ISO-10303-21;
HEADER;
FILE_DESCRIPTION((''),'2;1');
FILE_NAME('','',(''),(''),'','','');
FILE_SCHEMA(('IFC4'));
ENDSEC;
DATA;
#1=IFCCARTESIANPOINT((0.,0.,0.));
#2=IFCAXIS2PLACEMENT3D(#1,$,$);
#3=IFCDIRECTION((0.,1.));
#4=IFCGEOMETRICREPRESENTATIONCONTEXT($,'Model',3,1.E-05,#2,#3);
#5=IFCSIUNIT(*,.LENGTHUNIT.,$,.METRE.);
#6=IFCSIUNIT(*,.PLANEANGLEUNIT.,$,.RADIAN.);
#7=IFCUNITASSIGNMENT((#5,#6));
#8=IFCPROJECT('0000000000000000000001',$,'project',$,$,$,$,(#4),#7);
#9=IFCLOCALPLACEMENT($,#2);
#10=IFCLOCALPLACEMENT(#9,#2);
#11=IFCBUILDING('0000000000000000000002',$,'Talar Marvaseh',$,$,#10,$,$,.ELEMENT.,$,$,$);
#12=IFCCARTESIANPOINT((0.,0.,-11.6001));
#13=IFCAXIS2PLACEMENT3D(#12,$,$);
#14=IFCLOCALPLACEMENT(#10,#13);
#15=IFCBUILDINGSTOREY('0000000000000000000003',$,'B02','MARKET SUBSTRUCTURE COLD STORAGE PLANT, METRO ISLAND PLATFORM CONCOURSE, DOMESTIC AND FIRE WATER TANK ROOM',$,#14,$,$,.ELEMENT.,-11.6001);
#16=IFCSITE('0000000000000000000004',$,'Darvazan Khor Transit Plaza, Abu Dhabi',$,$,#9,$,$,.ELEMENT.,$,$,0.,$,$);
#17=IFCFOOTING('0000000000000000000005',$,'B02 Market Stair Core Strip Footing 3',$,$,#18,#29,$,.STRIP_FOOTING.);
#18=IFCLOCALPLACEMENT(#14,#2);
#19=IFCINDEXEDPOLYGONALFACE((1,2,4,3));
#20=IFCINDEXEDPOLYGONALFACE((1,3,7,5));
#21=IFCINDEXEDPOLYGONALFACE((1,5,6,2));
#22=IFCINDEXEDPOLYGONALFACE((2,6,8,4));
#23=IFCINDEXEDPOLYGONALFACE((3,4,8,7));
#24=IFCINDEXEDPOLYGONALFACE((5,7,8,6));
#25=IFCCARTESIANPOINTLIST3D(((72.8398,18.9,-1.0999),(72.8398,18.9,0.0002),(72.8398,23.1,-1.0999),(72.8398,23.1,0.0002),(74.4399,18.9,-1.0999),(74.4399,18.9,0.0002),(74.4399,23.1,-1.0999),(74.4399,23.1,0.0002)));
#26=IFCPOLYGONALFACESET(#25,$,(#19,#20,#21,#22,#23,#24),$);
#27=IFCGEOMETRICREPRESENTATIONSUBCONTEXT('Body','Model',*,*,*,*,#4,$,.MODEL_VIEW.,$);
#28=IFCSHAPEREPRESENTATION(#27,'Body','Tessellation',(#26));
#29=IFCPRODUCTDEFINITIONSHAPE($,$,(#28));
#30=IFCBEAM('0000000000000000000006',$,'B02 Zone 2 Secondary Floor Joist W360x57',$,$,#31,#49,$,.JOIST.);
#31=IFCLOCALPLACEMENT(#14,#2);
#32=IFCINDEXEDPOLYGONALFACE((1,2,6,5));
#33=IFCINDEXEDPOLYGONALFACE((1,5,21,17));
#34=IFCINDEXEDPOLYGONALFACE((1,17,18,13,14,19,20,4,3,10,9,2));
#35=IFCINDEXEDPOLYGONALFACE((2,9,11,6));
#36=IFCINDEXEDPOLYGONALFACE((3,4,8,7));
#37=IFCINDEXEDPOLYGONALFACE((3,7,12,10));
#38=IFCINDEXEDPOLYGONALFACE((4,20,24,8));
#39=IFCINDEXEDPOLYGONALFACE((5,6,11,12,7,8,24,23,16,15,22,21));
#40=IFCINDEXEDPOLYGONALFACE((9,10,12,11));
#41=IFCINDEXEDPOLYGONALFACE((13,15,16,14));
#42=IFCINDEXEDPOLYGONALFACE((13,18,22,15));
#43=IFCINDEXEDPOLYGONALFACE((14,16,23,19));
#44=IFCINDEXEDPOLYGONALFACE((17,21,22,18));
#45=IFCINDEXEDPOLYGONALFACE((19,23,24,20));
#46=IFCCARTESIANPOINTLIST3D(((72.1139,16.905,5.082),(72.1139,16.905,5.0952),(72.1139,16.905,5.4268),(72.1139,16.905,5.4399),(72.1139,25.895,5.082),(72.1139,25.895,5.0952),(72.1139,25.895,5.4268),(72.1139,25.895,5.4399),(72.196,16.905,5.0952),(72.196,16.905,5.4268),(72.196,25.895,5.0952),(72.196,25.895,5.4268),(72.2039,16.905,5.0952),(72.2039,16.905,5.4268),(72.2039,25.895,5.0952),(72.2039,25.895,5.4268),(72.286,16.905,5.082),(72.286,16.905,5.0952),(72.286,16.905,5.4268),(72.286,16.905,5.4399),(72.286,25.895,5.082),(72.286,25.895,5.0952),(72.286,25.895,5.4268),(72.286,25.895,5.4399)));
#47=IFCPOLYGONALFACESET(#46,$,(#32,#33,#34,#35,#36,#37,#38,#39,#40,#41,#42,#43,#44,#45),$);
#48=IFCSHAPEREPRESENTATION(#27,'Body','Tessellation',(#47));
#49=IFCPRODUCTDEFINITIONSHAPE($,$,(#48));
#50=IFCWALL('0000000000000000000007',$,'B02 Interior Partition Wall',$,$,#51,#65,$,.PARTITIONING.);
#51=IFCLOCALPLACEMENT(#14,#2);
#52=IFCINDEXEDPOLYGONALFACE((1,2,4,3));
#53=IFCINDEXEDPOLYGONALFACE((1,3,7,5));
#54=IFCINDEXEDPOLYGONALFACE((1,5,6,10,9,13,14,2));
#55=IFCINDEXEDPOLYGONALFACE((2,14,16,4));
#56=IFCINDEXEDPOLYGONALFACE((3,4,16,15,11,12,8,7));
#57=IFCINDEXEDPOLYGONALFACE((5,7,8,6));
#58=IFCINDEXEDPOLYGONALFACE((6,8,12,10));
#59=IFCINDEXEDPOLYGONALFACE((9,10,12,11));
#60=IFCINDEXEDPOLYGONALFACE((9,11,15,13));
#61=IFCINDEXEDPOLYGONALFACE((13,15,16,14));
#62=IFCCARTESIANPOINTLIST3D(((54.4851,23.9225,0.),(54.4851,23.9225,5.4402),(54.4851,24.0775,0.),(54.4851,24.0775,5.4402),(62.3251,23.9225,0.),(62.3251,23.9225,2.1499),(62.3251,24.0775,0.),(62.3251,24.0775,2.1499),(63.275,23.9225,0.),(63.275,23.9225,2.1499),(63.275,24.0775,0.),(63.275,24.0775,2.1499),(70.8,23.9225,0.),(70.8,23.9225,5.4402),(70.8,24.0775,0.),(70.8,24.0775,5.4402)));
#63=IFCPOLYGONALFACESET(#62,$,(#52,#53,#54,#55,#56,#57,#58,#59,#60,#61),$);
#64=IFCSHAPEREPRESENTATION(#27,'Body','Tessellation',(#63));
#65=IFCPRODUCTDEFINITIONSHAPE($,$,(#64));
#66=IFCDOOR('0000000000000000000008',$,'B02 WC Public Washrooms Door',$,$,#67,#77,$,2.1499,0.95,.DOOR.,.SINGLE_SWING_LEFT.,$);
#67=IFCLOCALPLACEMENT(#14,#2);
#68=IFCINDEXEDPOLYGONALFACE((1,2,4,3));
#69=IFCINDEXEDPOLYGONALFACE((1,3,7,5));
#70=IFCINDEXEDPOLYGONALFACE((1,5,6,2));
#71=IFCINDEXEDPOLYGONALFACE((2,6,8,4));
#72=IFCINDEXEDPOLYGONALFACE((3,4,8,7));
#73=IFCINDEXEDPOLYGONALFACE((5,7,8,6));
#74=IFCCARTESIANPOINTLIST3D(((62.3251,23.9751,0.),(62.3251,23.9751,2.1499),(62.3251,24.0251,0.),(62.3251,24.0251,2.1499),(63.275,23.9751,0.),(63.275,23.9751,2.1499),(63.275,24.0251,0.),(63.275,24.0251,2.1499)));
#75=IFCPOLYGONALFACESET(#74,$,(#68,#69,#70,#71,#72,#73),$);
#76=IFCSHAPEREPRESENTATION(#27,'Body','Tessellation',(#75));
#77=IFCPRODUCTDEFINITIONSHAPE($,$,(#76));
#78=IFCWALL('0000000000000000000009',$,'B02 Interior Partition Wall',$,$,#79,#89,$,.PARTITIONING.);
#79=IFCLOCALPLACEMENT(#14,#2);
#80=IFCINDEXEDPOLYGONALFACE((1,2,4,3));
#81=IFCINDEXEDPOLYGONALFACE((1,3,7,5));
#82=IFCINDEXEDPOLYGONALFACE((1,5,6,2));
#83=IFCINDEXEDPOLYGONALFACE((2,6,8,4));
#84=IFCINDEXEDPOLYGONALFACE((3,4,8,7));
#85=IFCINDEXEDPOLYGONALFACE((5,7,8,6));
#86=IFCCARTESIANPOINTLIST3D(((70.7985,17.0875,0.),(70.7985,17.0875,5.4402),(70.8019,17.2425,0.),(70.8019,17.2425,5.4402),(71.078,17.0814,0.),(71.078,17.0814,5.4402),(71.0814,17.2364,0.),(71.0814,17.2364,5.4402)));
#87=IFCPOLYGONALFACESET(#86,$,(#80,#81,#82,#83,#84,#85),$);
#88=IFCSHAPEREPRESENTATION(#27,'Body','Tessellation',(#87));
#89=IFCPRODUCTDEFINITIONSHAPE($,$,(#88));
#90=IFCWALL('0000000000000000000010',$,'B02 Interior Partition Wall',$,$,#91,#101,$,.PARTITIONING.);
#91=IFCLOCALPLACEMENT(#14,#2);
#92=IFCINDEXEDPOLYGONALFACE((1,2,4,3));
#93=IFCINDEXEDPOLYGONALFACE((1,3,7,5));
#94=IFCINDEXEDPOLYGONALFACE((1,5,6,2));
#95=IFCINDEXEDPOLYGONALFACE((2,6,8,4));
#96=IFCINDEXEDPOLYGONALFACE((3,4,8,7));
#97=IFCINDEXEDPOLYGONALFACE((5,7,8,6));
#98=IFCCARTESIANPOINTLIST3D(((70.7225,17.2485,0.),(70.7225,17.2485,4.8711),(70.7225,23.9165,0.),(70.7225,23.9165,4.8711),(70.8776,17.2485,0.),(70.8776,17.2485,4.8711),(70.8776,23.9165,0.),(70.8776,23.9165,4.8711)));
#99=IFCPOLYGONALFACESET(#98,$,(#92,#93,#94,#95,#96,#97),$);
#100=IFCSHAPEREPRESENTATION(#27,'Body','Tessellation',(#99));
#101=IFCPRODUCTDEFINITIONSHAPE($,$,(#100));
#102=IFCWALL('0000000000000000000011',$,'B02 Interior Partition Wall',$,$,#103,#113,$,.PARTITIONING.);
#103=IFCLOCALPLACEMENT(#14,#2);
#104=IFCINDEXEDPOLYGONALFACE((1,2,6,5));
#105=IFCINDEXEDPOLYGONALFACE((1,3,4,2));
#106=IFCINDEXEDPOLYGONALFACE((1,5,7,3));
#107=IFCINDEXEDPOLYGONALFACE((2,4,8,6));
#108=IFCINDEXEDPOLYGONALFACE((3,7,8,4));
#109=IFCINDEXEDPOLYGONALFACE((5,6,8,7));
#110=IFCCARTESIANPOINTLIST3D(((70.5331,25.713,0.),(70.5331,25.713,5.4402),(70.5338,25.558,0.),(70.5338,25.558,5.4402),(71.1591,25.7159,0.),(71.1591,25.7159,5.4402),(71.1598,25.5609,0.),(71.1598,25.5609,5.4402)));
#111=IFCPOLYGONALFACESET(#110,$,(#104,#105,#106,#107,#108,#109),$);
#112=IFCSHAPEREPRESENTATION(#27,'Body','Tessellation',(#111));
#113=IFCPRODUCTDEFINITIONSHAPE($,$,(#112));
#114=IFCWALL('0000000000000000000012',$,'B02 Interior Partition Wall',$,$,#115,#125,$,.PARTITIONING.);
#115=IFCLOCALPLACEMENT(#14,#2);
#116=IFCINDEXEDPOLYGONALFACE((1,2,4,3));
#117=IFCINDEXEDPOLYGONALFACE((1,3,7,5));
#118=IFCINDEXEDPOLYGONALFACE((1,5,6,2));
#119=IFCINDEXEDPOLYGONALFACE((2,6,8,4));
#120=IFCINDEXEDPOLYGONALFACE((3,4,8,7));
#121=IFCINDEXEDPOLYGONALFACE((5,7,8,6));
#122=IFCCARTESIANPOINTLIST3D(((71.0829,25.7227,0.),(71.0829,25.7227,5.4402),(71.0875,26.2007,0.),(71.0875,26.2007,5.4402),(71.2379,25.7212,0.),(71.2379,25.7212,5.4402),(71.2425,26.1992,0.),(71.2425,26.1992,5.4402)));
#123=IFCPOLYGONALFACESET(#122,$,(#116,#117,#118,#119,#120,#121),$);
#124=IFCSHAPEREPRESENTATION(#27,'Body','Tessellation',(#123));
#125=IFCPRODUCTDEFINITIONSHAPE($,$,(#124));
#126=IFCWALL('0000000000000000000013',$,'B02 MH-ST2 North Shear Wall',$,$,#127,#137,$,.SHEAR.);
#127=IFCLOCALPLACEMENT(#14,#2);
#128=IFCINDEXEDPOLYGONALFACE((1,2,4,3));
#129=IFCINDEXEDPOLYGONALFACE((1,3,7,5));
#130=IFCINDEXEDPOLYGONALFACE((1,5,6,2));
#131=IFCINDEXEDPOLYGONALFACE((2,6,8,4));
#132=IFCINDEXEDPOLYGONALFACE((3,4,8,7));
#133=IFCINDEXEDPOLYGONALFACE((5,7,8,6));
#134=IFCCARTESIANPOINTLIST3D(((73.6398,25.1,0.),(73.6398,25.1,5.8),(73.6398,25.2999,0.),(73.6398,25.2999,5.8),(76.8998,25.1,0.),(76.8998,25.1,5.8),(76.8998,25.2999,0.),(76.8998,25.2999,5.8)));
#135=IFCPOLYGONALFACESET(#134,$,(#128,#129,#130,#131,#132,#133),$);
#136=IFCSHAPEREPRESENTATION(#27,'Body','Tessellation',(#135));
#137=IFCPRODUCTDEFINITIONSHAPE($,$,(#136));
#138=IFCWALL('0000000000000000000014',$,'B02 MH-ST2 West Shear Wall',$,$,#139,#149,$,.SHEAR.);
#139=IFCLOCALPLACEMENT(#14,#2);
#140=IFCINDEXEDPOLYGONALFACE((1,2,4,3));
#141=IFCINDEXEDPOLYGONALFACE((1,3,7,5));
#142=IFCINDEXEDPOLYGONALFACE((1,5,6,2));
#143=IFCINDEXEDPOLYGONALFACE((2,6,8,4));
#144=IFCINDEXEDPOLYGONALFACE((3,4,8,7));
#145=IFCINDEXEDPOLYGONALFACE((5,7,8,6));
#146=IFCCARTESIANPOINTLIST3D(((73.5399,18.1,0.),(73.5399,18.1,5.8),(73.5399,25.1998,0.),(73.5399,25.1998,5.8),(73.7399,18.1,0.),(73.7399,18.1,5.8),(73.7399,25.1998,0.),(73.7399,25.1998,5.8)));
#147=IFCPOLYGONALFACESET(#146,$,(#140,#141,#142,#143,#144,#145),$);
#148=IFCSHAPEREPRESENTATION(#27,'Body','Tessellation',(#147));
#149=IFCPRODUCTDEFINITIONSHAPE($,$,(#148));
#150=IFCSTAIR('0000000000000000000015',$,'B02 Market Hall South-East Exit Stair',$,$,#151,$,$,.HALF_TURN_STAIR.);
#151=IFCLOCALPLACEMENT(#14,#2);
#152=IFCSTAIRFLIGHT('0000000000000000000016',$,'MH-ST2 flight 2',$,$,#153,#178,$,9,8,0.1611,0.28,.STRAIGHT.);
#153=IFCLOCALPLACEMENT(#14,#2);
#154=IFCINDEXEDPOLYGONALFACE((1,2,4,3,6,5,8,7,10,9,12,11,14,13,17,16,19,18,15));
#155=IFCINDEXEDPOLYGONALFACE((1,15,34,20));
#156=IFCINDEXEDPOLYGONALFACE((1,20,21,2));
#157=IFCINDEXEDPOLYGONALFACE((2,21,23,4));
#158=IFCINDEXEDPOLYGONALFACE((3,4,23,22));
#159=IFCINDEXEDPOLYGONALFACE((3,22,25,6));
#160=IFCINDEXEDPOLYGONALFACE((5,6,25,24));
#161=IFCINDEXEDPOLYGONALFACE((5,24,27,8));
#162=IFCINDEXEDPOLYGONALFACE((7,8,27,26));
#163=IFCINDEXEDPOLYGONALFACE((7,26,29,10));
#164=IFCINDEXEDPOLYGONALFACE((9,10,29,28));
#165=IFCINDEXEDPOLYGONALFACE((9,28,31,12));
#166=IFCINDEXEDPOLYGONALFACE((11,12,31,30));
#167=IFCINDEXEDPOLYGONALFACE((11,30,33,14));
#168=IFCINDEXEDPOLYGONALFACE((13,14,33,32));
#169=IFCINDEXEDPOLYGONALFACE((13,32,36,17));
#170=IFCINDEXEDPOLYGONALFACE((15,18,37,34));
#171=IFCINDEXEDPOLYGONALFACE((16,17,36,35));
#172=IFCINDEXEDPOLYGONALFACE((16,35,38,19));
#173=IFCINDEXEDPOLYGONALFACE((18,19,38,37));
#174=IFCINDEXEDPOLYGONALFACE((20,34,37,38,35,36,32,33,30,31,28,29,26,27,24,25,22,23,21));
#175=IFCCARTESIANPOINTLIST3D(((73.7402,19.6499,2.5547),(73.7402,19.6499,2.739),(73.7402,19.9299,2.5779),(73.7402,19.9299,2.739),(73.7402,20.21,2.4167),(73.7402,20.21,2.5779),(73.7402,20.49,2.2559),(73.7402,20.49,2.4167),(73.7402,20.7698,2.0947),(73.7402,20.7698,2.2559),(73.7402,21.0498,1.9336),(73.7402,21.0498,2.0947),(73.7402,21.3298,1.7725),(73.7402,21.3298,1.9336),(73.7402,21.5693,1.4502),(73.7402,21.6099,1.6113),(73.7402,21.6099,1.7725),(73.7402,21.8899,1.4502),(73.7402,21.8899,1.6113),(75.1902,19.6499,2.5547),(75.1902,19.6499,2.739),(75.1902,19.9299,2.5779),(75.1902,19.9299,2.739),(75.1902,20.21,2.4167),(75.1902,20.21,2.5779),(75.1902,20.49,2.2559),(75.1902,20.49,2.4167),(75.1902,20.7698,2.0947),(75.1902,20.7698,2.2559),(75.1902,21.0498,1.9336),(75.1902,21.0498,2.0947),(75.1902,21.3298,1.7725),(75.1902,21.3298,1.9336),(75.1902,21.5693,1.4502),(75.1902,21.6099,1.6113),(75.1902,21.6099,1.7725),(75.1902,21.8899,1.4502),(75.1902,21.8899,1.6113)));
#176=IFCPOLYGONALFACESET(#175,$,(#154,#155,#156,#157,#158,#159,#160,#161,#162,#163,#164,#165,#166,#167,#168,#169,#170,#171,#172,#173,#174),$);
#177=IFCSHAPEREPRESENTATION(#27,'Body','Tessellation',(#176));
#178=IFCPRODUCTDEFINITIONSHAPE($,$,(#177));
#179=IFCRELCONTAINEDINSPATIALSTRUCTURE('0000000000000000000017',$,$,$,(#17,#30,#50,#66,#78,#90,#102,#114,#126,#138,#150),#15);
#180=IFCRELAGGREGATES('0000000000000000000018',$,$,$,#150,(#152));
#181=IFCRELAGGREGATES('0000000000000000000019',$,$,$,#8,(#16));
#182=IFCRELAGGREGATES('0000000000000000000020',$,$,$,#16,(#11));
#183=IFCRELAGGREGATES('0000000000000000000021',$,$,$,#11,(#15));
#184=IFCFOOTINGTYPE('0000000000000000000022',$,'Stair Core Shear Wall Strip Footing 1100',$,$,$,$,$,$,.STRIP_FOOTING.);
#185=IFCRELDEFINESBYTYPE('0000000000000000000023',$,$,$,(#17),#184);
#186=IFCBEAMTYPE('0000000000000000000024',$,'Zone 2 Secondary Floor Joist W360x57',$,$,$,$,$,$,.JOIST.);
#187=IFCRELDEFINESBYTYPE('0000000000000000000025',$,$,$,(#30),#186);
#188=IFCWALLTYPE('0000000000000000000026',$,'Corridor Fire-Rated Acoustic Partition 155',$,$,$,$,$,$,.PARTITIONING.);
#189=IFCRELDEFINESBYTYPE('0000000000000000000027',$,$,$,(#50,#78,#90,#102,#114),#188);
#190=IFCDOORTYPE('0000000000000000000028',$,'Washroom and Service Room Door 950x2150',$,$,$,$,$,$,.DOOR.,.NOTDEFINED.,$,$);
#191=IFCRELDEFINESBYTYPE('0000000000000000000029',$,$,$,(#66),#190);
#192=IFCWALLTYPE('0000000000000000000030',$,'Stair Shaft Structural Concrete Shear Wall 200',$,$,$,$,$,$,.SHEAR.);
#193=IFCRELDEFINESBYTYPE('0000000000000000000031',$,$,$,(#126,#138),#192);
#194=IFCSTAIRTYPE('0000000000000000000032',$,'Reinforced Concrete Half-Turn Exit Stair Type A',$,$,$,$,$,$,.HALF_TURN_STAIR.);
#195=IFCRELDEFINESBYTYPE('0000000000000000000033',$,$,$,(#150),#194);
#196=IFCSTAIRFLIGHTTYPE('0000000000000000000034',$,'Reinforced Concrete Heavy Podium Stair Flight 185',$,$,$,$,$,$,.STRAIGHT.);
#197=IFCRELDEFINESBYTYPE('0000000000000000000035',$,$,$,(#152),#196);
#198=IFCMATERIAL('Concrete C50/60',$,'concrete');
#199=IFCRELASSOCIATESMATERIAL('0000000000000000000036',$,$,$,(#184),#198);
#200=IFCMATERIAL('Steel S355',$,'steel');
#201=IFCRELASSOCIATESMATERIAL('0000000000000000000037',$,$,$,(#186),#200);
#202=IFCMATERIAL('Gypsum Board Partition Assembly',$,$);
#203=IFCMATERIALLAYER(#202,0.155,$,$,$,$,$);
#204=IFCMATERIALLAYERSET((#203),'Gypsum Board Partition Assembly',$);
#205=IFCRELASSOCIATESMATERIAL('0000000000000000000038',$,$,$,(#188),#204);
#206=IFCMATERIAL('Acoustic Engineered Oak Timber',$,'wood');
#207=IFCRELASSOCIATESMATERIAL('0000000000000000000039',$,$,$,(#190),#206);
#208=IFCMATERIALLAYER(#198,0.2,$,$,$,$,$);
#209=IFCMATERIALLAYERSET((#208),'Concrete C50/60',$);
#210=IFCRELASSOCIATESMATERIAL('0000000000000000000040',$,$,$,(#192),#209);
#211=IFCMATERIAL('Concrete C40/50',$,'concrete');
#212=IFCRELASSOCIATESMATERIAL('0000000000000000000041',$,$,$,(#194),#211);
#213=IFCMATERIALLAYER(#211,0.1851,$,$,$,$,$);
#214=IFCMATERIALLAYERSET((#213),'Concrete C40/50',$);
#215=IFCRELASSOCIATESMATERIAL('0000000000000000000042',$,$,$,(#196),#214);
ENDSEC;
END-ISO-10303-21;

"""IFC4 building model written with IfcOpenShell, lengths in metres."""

from ifc_helpers import new_model, si_unit, direction, frame, frame_2d, origin, origin_2d, place, context, subcontext, project, spatial, polyline, rectangle, i_section, outline, extrude, source, transform, mapped, material, layer, layer_set, material_profile, profile_set, type_object, type_shapes, element, fill, aggregate, save


model = new_model("IFC4")

# Units and contexts
model_context = context("Model", 3, precision=1e-05, world=origin(), true_north=direction((0.0, 1.0)))
body_context = subcontext(model_context, "Body", "Model", "MODEL_VIEW")
ifc_project = project(units=[si_unit("LENGTHUNIT", "METRE"), si_unit("PLANEANGLEUNIT", "RADIAN")], contexts=[model_context])

# Site, building, storey
site_placement = place(None, origin())
site = spatial("IfcSite", under=ifc_project, at=site_placement, Name="Darvazan Khor Transit Plaza, Abu Dhabi", CompositionType="ELEMENT", RefElevation=0.0)
building_placement = place(site_placement, origin())
building = spatial("IfcBuilding", under=site, at=building_placement, Name="Talar Marvaseh", CompositionType="ELEMENT")
storey_placement = place(building_placement, frame((0.0, 0.0, -11.6001)))
storey = spatial("IfcBuildingStorey", under=building, at=storey_placement, Name="B02", Description="MARKET SUBSTRUCTURE COLD STORAGE PLANT, METRO ISLAND PLATFORM CONCOURSE, DOMESTIC AND FIRE WATER TANK ROOM", CompositionType="ELEMENT", Elevation=-11.6001)

# Shared definitions
ifc_material_1 = material(Name="Concrete C50/60", Category="concrete")

# Footing
footing_type_1 = type_object("IfcFootingType", Name="Stair Core Shear Wall Strip Footing 1100", PredefinedType="STRIP_FOOTING", material=ifc_material_1)
shared_shape_1 = source(origin(), body_context, "Body", "SweptSolid", [
    extrude(rectangle(XDim=4.2, YDim=1.6001, at=origin_2d()), origin(), (0.0, 0.0, 1.0), 1.1001),
])
type_shapes(footing_type_1, [shared_shape_1])
footing_1_placement = place(storey_placement, frame((73.6399, 21.0, -1.0999), z_axis=(0.0, 0.0, 1.0), x_axis=(0.0, 1.0, 0.0)))
element("IfcFooting", 1, at=footing_1_placement, inside=storey, type_object=footing_type_1, Name="B02 Market Stair Core Strip Footing 3", PredefinedType="STRIP_FOOTING", context=body_context, shape_type="MappedRepresentation", body=[
    mapped(shared_shape_1, transform((0.0, 0.0, 0.0), x_axis=(1.0, 0.0, 0.0), y_axis=(0.0, 1.0, 0.0), z_axis=(0.0, 0.0, 1.0), scale=1.0)),
])

# Beam
ifc_material_2 = material(Name="Steel S355", Category="steel")
ifc_material_profile_1 = material_profile(ifc_material_2, i_section(OverallWidth=0.1721, OverallDepth=0.3579, WebThickness=0.0078, FlangeThickness=0.0132, at=origin_2d()), Name="W360x57")
ifc_profile_set_1 = profile_set([ifc_material_profile_1], Name="Steel S355")
beam_type = type_object("IfcBeamType", Name="Zone 2 Secondary Floor Joist W360x57", PredefinedType="JOIST", material=ifc_profile_set_1)
beam_placement = place(storey_placement, frame((72.2, 16.905, 5.261), z_axis=(0.0, 1.0, 0.0), x_axis=(-1.0, 0.0, 0.0)))
element("IfcBeam", 2, at=beam_placement, inside=storey, type_object=beam_type, Name="B02 Zone 2 Secondary Floor Joist W360x57", PredefinedType="JOIST", context=body_context, shape_type="SweptSolid", body=[
    extrude(i_section(OverallWidth=0.1721, OverallDepth=0.3579, WebThickness=0.0078, FlangeThickness=0.0132, at=origin_2d()), origin(), (0.0, 0.0, 1.0), 8.99),
])

# Wall, opening, door
ifc_material_3 = material(Name="Gypsum Board Partition Assembly")
ifc_layer_1 = layer(ifc_material_3, 0.155)
ifc_layer_set_1 = layer_set([ifc_layer_1], Name="Gypsum Board Partition Assembly")
wall_type_1 = type_object("IfcWallType", Name="Corridor Fire-Rated Acoustic Partition 155", PredefinedType="PARTITIONING", material=ifc_layer_set_1)
wall_1_placement = place(storey_placement, frame((70.8, 24.0, 0.0), z_axis=(0.0, 0.0, 1.0), x_axis=(-1.0, 0.0, 0.0)))
wall_1 = element("IfcWall", 3, at=wall_1_placement, inside=storey, type_object=wall_type_1, Name="B02 Interior Partition Wall", PredefinedType="PARTITIONING", context=body_context, shape_type="SweptSolid", body=[
    extrude(rectangle(XDim=16.3149, YDim=0.155, at=frame_2d((8.1575, 0.0))), origin(), (0.0, 0.0, 1.0), 5.4402),
])
opening_placement = place(wall_1_placement, frame((7.5249, 0.0, 0.0)))
opening = element("IfcOpeningElement", 4, at=opening_placement, cuts=wall_1, PredefinedType="OPENING", context=body_context, shape_type="SweptSolid", body=[
    extrude(rectangle(XDim=0.95, YDim=2.1499, at=frame_2d((0.4751, 1.075))), frame((0.0, 0.0874, 0.0), z_axis=(0.0, -1.0, 0.0), x_axis=(1.0, 0.0, 0.0)), (0.0, 0.0, 1.0), 0.175),
])
ifc_material_4 = material(Name="Acoustic Engineered Oak Timber", Category="wood")
door_type = type_object("IfcDoorType", Name="Washroom and Service Room Door 950x2150", OperationType="NOTDEFINED", PredefinedType="DOOR", material=ifc_material_4)
shared_shape_2 = source(origin(), body_context, "Body", "SweptSolid", [
    extrude(rectangle(XDim=0.95, YDim=2.1499, at=frame_2d((0.4751, 1.075))), frame((0.0, 0.0249, 0.0), z_axis=(0.0, -1.0, 0.0), x_axis=(1.0, 0.0, 0.0)), (0.0, 0.0, 1.0), 0.05),
])
type_shapes(door_type, [shared_shape_2])
door_placement = place(opening_placement, origin())
door = element("IfcDoor", 5, at=door_placement, inside=storey, type_object=door_type, Name="B02 WC Public Washrooms Door", OperationType="SINGLE_SWING_LEFT", OverallHeight=2.1499, OverallWidth=0.95, PredefinedType="DOOR", context=body_context, shape_type="MappedRepresentation", body=[
    mapped(shared_shape_2, transform((0.0, 0.0, 0.0), x_axis=(1.0, 0.0, 0.0), y_axis=(0.0, 1.0, 0.0), z_axis=(0.0, 0.0, 1.0), scale=1.0)),
])
fill(opening, door)

# Walls
wall_2_placement = place(storey_placement, frame((71.0796, 17.1589, 0.0), z_axis=(0.0, 0.0, 1.0), x_axis=(-0.999762, 0.021829, 0.0)))
element("IfcWall", 6, at=wall_2_placement, inside=storey, type_object=wall_type_1, Name="B02 Interior Partition Wall", PredefinedType="PARTITIONING", context=body_context, shape_type="SweptSolid", body=[
    extrude(rectangle(XDim=0.2795, YDim=0.155, at=frame_2d((0.1396, 0.0))), origin(), (0.0, 0.0, 1.0), 5.4402),
])
wall_3_placement = place(storey_placement, frame((70.8, 17.2485, 0.0), z_axis=(0.0, 0.0, 1.0), x_axis=(0.0, 1.0, 0.0)))
element("IfcWall", 7, at=wall_3_placement, inside=storey, type_object=wall_type_1, Name="B02 Interior Partition Wall", PredefinedType="PARTITIONING", context=body_context, shape_type="SweptSolid", body=[
    extrude(rectangle(XDim=6.668, YDim=0.155, at=frame_2d((3.334, 0.0))), origin(), (0.0, 0.0, 1.0), 4.8711),
])
wall_4_placement = place(storey_placement, frame((70.5334, 25.6355, 0.0), z_axis=(0.0, 0.0, 1.0), x_axis=(0.999989, 0.00468, 0.0)))
element("IfcWall", 8, at=wall_4_placement, inside=storey, type_object=wall_type_1, Name="B02 Interior Partition Wall", PredefinedType="PARTITIONING", context=body_context, shape_type="SweptSolid", body=[
    extrude(rectangle(XDim=0.626, YDim=0.155, at=frame_2d((0.313, 0.0))), origin(), (0.0, 0.0, 1.0), 5.4402),
])
wall_5_placement = place(storey_placement, frame((71.1604, 25.7219, 0.0), z_axis=(0.0, 0.0, 1.0), x_axis=(0.009703, 0.999953, 0.0)))
element("IfcWall", 9, at=wall_5_placement, inside=storey, type_object=wall_type_1, Name="B02 Interior Partition Wall", PredefinedType="PARTITIONING", context=body_context, shape_type="SweptSolid", body=[
    extrude(rectangle(XDim=0.478, YDim=0.155, at=frame_2d((0.239, 0.0))), origin(), (0.0, 0.0, 1.0), 5.4402),
])
ifc_layer_2 = layer(ifc_material_1, 0.2)
ifc_layer_set_2 = layer_set([ifc_layer_2], Name="Concrete C50/60")
wall_type_2 = type_object("IfcWallType", Name="Stair Shaft Structural Concrete Shear Wall 200", PredefinedType="SHEAR", material=ifc_layer_set_2)
wall_6_placement = place(storey_placement, frame((73.6399, 25.2, 0.0), z_axis=(0.0, 0.0, 1.0), x_axis=(1.0, 0.0, 0.0)))
element("IfcWall", 10, at=wall_6_placement, inside=storey, type_object=wall_type_2, Name="B02 MH-ST2 North Shear Wall", PredefinedType="SHEAR", context=body_context, shape_type="SweptSolid", body=[
    extrude(rectangle(XDim=3.26, YDim=0.2, at=frame_2d((1.6299, 0.0))), origin(), (0.0, 0.0, 1.0), 5.8),
])
wall_7_placement = place(storey_placement, frame((73.6399, 18.1001, 0.0), z_axis=(0.0, 0.0, 1.0), x_axis=(0.0, 1.0, 0.0)))
element("IfcWall", 11, at=wall_7_placement, inside=storey, type_object=wall_type_2, Name="B02 MH-ST2 West Shear Wall", PredefinedType="SHEAR", context=body_context, shape_type="SweptSolid", body=[
    extrude(rectangle(XDim=7.0999, YDim=0.2, at=frame_2d((3.5498, 0.0))), origin(), (0.0, 0.0, 1.0), 5.8),
])

# Stair, stair flight
ifc_material_5 = material(Name="Concrete C40/50", Category="concrete")
stair_type = type_object("IfcStairType", Name="Reinforced Concrete Half-Turn Exit Stair Type A", PredefinedType="HALF_TURN_STAIR", material=ifc_material_5)
stair_placement = place(storey_placement, origin())
stair = element("IfcStair", 12, at=stair_placement, inside=storey, type_object=stair_type, Name="B02 Market Hall South-East Exit Stair", PredefinedType="HALF_TURN_STAIR")
ifc_layer_3 = layer(ifc_material_5, 0.1851)
ifc_layer_set_3 = layer_set([ifc_layer_3], Name="Concrete C40/50")
stair_flight_type = type_object("IfcStairFlightType", Name="Reinforced Concrete Heavy Podium Stair Flight 185", PredefinedType="STRAIGHT", material=ifc_layer_set_3)
stair_flight_1_placement = place(storey_placement, frame((74.4651, 21.8899, 1.4502), z_axis=(0.0, 0.0, 1.0), x_axis=(0.0, -1.0, 0.0)))
stair_flight_1 = element("IfcStairFlight", 13, at=stair_flight_1_placement, type_object=stair_flight_type, Name="MH-ST2 flight 2", NumberOfRisers=9, NumberOfTreads=8, PredefinedType="STRAIGHT", RiserHeight=0.1611, TreadLength=0.28, context=body_context, shape_type="SweptSolid", body=[
    extrude(outline(polyline([(0.0, 0.0), (0.0, 0.1611), (0.28, 0.1611), (0.28, 0.3223), (0.5601, 0.3223), (0.5601, 0.4834), (0.8401, 0.4834), (0.8401, 0.6445), (1.1201, 0.6445), (1.1201, 0.8057), (1.3999, 0.8057), (1.3999, 0.9666), (1.6799, 0.9666), (1.6799, 1.1277), (1.96, 1.1277), (1.96, 1.2888), (2.24, 1.2888), (2.24, 1.45), (2.24, 1.1045), (0.3206, 0.0), (0.0, 0.0)])), frame((0.0, 0.7251, 0.0), z_axis=(0.0, -1.0, 0.0), x_axis=(1.0, 0.0, 0.0)), (0.0, 0.0, 1.0), 1.45),
])
aggregate(stair, [stair_flight_1])

save(model, "model.ifc")
